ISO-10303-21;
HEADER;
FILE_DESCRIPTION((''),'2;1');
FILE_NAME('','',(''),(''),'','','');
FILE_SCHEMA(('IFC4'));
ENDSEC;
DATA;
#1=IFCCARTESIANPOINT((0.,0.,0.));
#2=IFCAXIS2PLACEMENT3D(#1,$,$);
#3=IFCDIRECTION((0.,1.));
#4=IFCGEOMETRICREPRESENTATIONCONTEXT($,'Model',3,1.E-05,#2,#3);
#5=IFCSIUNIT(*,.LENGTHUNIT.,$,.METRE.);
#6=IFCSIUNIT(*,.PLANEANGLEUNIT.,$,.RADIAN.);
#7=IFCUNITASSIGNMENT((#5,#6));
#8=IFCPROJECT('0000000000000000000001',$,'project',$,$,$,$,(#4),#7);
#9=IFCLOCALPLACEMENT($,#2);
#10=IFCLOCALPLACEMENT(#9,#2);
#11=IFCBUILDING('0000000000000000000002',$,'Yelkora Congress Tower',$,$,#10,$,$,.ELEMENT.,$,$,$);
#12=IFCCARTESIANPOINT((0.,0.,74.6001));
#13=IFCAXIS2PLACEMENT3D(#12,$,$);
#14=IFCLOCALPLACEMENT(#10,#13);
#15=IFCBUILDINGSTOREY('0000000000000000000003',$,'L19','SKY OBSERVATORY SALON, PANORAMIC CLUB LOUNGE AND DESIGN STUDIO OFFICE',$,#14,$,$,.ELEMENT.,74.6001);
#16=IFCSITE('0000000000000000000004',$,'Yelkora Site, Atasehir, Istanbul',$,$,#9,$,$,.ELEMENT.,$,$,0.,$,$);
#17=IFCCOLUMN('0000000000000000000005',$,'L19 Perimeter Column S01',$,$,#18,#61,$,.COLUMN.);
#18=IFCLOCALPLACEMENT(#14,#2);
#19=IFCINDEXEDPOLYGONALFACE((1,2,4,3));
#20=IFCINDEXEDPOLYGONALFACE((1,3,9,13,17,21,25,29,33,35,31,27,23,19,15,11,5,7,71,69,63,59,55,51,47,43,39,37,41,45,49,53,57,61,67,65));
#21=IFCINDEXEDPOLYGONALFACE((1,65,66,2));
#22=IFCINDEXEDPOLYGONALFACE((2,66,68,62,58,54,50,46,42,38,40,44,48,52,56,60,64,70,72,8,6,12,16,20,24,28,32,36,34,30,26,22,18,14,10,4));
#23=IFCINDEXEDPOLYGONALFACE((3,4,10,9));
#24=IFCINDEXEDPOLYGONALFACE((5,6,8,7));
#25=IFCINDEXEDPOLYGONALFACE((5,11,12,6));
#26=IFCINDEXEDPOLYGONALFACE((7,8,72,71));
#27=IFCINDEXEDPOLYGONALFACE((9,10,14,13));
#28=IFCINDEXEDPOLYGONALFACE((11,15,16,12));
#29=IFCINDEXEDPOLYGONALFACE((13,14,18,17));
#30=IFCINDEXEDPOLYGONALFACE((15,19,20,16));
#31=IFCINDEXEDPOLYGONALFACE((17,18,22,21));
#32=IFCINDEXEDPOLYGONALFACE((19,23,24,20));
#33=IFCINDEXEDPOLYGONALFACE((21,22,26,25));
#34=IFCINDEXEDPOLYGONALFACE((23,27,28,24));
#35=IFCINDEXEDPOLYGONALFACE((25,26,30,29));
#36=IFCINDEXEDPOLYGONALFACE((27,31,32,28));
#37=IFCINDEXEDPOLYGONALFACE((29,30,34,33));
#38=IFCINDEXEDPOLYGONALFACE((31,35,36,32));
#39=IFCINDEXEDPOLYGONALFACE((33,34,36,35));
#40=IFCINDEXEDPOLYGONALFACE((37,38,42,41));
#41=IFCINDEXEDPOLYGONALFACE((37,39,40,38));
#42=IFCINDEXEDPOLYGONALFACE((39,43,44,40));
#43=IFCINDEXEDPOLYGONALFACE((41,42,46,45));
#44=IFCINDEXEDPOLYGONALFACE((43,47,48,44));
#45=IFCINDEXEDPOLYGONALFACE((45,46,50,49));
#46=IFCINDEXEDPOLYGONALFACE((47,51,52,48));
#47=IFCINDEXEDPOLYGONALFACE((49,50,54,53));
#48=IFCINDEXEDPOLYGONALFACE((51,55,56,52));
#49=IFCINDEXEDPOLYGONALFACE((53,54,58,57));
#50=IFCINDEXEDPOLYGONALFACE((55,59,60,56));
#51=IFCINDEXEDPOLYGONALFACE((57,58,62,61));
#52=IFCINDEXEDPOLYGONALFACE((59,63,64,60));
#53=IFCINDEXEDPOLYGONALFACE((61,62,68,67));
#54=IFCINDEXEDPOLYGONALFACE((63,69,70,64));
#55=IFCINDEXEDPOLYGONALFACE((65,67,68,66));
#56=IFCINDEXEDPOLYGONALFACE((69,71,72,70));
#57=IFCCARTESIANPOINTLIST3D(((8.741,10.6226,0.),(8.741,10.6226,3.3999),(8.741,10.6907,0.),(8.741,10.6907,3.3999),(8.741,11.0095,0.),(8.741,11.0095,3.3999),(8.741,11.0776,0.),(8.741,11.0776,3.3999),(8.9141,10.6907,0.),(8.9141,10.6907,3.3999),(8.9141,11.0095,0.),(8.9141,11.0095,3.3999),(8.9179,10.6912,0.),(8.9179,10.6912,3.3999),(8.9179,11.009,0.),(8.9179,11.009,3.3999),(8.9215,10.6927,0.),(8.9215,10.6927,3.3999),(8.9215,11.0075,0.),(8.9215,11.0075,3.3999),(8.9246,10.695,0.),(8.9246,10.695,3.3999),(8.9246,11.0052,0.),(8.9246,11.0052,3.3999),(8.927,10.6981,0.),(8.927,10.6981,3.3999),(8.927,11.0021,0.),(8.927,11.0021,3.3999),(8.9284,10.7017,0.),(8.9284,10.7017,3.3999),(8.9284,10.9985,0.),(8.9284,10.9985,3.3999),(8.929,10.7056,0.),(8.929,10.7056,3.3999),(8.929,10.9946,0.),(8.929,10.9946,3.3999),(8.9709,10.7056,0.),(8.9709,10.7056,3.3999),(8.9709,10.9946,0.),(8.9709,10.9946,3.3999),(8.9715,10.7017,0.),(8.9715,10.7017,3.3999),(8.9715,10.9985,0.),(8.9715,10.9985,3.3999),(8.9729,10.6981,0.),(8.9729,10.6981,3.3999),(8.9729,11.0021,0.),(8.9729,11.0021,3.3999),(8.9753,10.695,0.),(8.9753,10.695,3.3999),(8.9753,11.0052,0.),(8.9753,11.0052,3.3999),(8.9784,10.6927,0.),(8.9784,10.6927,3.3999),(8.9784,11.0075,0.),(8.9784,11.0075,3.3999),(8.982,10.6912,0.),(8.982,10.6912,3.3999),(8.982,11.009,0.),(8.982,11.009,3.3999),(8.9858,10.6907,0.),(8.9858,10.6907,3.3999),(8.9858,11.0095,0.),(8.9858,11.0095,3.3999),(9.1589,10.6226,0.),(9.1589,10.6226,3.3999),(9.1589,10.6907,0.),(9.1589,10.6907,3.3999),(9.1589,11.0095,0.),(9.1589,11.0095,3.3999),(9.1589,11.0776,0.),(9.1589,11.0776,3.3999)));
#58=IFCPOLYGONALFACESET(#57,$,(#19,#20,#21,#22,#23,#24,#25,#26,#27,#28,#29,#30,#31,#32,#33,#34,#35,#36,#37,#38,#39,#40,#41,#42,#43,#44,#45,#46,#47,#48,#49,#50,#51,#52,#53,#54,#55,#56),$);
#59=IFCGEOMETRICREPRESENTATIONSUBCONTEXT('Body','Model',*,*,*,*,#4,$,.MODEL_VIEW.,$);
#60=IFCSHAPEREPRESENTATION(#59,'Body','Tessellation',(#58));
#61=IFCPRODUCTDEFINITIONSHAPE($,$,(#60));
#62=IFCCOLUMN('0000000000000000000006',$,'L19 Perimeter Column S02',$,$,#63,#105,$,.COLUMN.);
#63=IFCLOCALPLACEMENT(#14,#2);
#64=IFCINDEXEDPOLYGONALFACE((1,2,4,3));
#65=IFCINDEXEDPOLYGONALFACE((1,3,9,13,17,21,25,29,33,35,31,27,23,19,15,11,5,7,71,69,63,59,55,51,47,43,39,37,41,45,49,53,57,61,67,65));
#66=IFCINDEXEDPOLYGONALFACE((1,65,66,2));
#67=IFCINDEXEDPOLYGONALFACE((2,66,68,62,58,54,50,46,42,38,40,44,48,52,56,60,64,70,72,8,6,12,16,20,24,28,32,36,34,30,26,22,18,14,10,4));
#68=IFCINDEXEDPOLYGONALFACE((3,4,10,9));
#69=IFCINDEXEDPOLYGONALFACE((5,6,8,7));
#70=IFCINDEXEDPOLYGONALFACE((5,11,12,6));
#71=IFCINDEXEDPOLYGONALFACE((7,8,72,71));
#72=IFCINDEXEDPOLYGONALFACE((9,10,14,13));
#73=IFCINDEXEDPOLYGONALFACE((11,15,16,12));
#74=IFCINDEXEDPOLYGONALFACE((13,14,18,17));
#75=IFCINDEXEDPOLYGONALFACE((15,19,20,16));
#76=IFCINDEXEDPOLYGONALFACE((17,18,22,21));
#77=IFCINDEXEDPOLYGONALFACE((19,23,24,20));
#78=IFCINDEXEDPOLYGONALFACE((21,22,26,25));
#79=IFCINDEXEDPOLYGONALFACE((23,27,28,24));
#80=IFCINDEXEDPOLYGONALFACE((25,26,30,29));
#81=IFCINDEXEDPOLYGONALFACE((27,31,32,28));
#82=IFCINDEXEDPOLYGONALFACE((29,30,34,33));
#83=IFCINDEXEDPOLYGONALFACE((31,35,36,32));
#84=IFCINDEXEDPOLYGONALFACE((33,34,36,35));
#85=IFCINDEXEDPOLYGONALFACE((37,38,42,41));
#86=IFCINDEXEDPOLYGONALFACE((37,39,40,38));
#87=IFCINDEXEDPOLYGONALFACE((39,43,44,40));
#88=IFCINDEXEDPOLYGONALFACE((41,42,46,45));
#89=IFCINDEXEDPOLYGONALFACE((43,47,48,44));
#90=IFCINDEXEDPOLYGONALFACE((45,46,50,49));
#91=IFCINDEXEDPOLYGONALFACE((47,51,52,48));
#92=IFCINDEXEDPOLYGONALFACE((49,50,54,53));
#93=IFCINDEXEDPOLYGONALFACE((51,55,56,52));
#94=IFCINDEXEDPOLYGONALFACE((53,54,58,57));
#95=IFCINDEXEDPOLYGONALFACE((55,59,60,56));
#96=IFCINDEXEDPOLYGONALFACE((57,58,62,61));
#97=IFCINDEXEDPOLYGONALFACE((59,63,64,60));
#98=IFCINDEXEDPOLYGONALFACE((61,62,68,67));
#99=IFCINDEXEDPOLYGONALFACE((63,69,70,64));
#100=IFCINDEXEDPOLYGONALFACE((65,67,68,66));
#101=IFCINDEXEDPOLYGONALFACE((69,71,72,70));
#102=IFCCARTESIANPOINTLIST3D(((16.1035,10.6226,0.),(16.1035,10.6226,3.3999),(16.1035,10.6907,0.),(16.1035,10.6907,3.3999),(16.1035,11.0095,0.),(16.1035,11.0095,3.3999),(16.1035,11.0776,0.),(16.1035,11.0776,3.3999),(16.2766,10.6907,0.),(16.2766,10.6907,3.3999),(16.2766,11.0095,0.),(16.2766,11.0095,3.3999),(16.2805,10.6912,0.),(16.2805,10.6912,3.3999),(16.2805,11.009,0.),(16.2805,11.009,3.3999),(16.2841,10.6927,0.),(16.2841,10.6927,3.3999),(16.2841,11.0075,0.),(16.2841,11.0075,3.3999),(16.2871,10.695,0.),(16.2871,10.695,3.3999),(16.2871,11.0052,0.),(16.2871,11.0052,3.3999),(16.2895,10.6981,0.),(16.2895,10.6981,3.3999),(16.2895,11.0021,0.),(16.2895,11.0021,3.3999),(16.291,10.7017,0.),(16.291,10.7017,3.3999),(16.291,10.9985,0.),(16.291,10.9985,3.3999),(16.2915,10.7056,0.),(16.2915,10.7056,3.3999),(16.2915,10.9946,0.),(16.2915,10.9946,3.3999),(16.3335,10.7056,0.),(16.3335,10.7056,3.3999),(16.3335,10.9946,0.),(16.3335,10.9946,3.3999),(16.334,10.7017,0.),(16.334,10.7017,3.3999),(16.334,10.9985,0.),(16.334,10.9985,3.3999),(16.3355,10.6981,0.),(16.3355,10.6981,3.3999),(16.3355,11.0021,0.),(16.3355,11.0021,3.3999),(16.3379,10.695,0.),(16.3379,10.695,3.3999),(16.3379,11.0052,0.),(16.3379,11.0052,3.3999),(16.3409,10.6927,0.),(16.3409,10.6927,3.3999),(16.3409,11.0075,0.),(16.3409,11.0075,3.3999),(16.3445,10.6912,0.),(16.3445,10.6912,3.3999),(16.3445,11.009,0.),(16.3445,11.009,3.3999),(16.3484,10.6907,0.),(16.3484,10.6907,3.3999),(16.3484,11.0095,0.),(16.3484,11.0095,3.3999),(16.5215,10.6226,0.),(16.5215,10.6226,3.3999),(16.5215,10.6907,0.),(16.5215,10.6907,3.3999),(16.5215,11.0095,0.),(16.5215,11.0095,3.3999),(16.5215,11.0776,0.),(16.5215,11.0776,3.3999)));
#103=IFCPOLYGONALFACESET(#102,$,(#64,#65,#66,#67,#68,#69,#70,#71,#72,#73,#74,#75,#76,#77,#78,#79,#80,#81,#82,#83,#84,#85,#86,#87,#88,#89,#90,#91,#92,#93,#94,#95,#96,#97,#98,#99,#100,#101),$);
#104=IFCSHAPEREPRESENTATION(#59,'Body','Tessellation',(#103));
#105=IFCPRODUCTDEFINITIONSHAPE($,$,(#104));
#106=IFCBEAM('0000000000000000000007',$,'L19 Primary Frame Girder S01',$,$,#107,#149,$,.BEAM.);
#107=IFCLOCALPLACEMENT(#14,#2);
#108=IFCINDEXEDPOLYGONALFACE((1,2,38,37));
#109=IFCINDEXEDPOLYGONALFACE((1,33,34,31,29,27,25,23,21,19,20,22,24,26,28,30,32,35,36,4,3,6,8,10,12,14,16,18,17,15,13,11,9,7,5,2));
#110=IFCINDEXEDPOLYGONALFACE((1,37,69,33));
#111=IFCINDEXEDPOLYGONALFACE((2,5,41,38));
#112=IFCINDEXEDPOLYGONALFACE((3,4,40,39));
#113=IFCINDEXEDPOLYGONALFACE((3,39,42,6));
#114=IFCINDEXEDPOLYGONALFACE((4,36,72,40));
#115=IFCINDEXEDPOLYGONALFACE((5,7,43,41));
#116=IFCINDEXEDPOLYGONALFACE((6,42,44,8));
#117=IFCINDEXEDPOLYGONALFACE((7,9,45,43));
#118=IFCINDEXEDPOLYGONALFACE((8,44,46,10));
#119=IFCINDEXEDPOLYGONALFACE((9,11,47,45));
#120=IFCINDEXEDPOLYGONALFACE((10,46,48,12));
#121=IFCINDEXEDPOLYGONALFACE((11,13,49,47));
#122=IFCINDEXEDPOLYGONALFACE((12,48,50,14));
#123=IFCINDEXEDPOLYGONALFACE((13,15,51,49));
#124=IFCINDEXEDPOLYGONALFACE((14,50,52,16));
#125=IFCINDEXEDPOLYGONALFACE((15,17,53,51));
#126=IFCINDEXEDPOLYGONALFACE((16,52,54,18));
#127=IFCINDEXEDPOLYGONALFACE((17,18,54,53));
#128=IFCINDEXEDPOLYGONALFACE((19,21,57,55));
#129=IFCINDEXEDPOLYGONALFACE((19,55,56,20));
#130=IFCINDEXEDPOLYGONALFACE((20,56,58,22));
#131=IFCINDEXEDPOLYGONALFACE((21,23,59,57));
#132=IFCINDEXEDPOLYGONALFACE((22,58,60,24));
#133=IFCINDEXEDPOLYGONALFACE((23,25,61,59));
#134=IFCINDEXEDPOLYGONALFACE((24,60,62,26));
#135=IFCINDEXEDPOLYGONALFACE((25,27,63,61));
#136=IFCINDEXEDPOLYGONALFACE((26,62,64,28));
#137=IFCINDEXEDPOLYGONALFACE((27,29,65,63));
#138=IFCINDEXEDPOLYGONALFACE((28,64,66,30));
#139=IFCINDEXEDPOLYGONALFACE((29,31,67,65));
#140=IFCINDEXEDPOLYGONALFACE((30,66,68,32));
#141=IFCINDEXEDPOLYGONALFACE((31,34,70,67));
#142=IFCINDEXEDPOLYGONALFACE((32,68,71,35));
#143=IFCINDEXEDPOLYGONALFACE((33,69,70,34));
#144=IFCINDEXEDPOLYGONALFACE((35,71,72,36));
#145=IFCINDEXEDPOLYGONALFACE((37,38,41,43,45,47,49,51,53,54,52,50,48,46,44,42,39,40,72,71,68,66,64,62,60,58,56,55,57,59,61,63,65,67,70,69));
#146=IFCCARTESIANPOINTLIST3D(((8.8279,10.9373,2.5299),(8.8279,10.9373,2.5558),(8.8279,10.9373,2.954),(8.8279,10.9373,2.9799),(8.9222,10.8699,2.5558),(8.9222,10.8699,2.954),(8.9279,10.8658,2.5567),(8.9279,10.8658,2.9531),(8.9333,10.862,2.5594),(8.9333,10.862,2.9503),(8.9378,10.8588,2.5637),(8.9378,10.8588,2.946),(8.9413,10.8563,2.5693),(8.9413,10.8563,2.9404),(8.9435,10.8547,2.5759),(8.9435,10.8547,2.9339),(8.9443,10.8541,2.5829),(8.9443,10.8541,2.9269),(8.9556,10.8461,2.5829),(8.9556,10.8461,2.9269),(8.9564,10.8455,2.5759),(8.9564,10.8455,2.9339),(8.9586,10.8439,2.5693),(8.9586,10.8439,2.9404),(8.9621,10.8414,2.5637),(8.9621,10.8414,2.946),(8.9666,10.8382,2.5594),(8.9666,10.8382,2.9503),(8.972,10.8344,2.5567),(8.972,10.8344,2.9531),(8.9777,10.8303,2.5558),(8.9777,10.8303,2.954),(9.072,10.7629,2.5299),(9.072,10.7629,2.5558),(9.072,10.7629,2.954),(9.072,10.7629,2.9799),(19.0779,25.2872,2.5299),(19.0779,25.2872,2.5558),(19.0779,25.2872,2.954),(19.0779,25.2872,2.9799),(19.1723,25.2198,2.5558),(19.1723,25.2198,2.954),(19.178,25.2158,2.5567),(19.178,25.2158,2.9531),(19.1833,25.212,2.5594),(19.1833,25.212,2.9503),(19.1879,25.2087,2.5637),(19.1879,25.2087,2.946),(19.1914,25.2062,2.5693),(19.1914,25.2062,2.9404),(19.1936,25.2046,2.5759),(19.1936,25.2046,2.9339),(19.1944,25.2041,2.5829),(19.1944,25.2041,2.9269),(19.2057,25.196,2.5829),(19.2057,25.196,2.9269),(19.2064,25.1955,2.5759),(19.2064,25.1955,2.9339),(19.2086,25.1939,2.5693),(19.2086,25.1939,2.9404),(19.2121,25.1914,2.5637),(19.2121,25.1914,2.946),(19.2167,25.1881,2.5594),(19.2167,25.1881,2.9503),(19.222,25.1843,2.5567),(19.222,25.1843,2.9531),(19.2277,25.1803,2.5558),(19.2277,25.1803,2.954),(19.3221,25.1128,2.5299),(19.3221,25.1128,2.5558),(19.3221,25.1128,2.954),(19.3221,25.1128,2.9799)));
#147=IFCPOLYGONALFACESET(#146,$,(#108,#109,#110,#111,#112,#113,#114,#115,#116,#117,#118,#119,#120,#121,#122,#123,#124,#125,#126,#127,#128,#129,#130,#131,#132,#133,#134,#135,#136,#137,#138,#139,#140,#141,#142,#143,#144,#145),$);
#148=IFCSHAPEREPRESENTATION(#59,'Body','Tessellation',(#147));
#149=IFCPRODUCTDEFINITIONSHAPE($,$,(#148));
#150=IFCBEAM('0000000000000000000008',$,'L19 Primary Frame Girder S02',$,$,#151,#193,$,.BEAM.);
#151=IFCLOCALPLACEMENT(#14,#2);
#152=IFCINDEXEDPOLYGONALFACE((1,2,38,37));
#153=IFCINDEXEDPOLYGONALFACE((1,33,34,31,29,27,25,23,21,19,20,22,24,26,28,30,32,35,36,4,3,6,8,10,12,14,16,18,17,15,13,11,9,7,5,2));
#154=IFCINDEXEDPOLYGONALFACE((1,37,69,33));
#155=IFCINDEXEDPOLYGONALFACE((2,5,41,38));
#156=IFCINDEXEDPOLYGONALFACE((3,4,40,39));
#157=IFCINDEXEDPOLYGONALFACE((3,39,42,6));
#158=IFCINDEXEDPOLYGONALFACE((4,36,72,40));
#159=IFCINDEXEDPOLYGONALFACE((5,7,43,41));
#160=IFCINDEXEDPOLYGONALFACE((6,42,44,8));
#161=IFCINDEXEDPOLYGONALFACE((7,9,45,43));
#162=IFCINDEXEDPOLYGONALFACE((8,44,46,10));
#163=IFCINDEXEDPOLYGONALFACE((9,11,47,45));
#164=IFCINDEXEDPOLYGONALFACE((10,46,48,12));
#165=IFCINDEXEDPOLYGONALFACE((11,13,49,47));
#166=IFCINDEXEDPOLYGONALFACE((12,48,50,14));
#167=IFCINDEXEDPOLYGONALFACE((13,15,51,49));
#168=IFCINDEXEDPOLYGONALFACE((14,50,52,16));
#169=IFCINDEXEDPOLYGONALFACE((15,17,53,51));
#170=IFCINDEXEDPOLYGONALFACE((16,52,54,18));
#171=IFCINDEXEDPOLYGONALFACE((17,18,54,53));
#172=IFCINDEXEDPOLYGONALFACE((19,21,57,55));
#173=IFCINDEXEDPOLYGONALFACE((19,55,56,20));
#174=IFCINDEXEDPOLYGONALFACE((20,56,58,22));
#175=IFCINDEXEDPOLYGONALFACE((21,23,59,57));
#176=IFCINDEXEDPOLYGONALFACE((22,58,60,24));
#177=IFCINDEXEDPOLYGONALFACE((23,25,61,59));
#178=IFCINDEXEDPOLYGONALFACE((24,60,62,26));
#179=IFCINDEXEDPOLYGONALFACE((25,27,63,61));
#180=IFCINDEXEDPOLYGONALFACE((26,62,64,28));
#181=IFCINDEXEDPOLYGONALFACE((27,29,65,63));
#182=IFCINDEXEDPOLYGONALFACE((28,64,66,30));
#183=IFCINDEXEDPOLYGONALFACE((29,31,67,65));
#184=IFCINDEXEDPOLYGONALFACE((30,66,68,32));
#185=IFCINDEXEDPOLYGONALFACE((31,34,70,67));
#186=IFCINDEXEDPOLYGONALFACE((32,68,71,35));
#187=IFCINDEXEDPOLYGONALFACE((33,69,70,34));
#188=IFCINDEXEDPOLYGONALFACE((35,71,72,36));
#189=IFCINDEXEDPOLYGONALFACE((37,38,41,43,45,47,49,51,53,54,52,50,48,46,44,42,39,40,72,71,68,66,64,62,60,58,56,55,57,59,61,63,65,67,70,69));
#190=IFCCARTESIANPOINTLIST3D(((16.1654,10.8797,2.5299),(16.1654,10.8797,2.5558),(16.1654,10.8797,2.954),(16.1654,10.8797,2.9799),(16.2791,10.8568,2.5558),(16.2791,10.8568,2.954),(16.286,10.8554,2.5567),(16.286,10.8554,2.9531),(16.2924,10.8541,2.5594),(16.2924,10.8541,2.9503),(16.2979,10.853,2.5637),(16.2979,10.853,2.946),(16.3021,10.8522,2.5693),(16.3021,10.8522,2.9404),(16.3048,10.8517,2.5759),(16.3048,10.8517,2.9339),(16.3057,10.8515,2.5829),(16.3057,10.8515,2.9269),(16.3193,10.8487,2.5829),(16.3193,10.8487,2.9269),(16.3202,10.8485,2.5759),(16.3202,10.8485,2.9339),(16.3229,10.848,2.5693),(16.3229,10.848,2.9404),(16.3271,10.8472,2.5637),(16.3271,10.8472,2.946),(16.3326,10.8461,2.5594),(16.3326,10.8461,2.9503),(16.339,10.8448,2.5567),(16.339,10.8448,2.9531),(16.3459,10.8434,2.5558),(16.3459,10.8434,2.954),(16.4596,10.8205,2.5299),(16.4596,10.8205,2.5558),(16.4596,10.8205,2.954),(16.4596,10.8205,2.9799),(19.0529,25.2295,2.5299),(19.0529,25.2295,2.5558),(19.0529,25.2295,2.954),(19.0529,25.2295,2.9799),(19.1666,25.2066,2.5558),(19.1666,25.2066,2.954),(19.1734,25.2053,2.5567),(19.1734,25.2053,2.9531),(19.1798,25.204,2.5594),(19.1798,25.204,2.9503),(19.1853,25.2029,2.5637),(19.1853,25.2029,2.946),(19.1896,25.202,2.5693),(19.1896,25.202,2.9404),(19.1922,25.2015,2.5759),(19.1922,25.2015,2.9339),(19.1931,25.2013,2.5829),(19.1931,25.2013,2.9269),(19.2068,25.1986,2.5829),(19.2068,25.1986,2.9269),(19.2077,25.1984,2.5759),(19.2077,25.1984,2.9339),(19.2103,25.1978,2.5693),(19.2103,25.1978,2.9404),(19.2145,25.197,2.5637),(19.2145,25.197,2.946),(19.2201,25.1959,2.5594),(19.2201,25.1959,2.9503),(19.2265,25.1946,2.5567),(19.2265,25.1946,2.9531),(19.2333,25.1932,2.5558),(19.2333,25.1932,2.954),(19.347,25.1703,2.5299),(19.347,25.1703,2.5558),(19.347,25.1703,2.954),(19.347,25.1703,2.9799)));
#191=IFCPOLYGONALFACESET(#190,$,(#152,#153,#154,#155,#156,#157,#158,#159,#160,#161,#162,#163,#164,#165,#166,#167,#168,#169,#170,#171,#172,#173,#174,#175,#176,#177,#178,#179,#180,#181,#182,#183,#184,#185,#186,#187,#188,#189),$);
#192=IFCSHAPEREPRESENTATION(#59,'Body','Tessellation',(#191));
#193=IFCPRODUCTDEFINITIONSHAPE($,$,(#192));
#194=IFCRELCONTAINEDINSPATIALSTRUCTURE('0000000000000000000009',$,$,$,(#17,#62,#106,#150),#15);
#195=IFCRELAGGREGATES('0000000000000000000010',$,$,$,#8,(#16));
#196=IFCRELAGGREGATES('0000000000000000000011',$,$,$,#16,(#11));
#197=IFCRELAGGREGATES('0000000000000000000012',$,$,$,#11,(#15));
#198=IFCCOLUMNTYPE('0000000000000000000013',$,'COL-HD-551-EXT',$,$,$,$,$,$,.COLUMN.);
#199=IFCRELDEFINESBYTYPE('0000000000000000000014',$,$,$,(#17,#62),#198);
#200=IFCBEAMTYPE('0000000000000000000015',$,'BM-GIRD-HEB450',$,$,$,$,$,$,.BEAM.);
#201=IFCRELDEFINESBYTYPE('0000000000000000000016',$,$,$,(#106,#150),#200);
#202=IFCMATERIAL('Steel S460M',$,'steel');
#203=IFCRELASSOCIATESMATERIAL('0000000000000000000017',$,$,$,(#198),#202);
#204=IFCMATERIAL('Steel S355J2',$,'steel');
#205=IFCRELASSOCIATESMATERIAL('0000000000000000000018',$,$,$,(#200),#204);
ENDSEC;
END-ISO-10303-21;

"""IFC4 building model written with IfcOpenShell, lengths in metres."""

from ifc_helpers import new_model, si_unit, direction, frame, origin, origin_2d, place, context, subcontext, project, spatial, i_section, extrude, material, material_profile, profile_set, type_object, element, save


model = new_model("IFC4")

# Units and contexts
model_context = context("Model", 3, precision=1e-05, world=origin(), true_north=direction((0.0, 1.0)))
body_context = subcontext(model_context, "Body", "Model", "MODEL_VIEW")
ifc_project = project(units=[si_unit("LENGTHUNIT", "METRE"), si_unit("PLANEANGLEUNIT", "RADIAN")], contexts=[model_context])

# Site, building, storey
site_placement = place(None, origin())
site = spatial("IfcSite", under=ifc_project, at=site_placement, Name="Yelkora Site, Atasehir, Istanbul", CompositionType="ELEMENT", RefElevation=0.0)
building_placement = place(site_placement, origin())
building = spatial("IfcBuilding", under=site, at=building_placement, Name="Yelkora Congress Tower", CompositionType="ELEMENT")
storey_placement = place(building_placement, frame((0.0, 0.0, 74.6001)))
storey = spatial("IfcBuildingStorey", under=building, at=storey_placement, Name="L19", Description="SKY OBSERVATORY SALON, PANORAMIC CLUB LOUNGE AND DESIGN STUDIO OFFICE", CompositionType="ELEMENT", Elevation=74.6001)

# Columns
ifc_material_1 = material(Name="Steel S460M", Category="steel")
ifc_material_profile_1 = material_profile(ifc_material_1, i_section(OverallWidth=0.418, OverallDepth=0.4551, WebThickness=0.042, FlangeThickness=0.0681, FilletRadius=0.0149, at=origin_2d()), Name="HD 400x551")
ifc_profile_set_1 = profile_set([ifc_material_profile_1], Name="Steel S460M")
column_type = type_object("IfcColumnType", Name="COL-HD-551-EXT", PredefinedType="COLUMN", material=ifc_profile_set_1)
for number, where, z_axis, x_axis, name in (
    (1, (8.95, 10.8501, 0.0), (0.0, 0.0, 1.0), (1.0, 0.0, 0.0), "L19 Perimeter Column S01"),
    (2, (16.3125, 10.8501, 0.0), (0.0, 0.0, 1.0), (1.0, 0.0, 0.0), "L19 Perimeter Column S02"),
):
    element("IfcColumn", number, at=place(storey_placement, frame(where, z_axis=z_axis, x_axis=x_axis)), inside=storey, type_object=column_type, Name=name, PredefinedType="COLUMN", context=body_context, shape_type="SweptSolid", body=[
        extrude(i_section(OverallWidth=0.418, OverallDepth=0.4551, WebThickness=0.042, FlangeThickness=0.0681, FilletRadius=0.0149, at=origin_2d()), origin(), (0.0, 0.0, 1.0), 3.3999),
    ])

# Beams
ifc_material_2 = material(Name="Steel S355J2", Category="steel")
ifc_material_profile_2 = material_profile(ifc_material_2, i_section(OverallWidth=0.3, OverallDepth=0.45, WebThickness=0.0139, FlangeThickness=0.0259, FilletRadius=0.0271, at=origin_2d()), Name="HEB 450")
ifc_profile_set_2 = profile_set([ifc_material_profile_2], Name="Steel S355J2")
beam_type_1 = type_object("IfcBeamType", Name="BM-GIRD-HEB450", PredefinedType="BEAM", material=ifc_profile_set_2)
beam_1_placement = place(storey_placement, frame((8.95, 10.8501, 2.7549), z_axis=(0.581242, 0.813731, 0.0), x_axis=(-0.813731, 0.581242, 0.0)))
element("IfcBeam", 3, at=beam_1_placement, inside=storey, type_object=beam_type_1, Name="L19 Primary Frame Girder S01", PredefinedType="BEAM", context=body_context, shape_type="SweptSolid", body=[
    extrude(i_section(OverallWidth=0.3, OverallDepth=0.45, WebThickness=0.0139, FlangeThickness=0.0259, FilletRadius=0.0271, at=origin_2d()), origin(), (0.0, 0.0, 1.0), 17.6348),
])
beam_2_placement = place(storey_placement, frame((16.3125, 10.8501, 2.7549), z_axis=(0.197264, 0.98035, 0.0), x_axis=(-0.98035, 0.197264, 0.0)))
element("IfcBeam", 4, at=beam_2_placement, inside=storey, type_object=beam_type_1, Name="L19 Primary Frame Girder S02", PredefinedType="BEAM", context=body_context, shape_type="SweptSolid", body=[
    extrude(i_section(OverallWidth=0.3, OverallDepth=0.45, WebThickness=0.0139, FlangeThickness=0.0259, FilletRadius=0.0271, at=origin_2d()), origin(), (0.0, 0.0, 1.0), 14.6375),
])

save(model, "model.ifc")
